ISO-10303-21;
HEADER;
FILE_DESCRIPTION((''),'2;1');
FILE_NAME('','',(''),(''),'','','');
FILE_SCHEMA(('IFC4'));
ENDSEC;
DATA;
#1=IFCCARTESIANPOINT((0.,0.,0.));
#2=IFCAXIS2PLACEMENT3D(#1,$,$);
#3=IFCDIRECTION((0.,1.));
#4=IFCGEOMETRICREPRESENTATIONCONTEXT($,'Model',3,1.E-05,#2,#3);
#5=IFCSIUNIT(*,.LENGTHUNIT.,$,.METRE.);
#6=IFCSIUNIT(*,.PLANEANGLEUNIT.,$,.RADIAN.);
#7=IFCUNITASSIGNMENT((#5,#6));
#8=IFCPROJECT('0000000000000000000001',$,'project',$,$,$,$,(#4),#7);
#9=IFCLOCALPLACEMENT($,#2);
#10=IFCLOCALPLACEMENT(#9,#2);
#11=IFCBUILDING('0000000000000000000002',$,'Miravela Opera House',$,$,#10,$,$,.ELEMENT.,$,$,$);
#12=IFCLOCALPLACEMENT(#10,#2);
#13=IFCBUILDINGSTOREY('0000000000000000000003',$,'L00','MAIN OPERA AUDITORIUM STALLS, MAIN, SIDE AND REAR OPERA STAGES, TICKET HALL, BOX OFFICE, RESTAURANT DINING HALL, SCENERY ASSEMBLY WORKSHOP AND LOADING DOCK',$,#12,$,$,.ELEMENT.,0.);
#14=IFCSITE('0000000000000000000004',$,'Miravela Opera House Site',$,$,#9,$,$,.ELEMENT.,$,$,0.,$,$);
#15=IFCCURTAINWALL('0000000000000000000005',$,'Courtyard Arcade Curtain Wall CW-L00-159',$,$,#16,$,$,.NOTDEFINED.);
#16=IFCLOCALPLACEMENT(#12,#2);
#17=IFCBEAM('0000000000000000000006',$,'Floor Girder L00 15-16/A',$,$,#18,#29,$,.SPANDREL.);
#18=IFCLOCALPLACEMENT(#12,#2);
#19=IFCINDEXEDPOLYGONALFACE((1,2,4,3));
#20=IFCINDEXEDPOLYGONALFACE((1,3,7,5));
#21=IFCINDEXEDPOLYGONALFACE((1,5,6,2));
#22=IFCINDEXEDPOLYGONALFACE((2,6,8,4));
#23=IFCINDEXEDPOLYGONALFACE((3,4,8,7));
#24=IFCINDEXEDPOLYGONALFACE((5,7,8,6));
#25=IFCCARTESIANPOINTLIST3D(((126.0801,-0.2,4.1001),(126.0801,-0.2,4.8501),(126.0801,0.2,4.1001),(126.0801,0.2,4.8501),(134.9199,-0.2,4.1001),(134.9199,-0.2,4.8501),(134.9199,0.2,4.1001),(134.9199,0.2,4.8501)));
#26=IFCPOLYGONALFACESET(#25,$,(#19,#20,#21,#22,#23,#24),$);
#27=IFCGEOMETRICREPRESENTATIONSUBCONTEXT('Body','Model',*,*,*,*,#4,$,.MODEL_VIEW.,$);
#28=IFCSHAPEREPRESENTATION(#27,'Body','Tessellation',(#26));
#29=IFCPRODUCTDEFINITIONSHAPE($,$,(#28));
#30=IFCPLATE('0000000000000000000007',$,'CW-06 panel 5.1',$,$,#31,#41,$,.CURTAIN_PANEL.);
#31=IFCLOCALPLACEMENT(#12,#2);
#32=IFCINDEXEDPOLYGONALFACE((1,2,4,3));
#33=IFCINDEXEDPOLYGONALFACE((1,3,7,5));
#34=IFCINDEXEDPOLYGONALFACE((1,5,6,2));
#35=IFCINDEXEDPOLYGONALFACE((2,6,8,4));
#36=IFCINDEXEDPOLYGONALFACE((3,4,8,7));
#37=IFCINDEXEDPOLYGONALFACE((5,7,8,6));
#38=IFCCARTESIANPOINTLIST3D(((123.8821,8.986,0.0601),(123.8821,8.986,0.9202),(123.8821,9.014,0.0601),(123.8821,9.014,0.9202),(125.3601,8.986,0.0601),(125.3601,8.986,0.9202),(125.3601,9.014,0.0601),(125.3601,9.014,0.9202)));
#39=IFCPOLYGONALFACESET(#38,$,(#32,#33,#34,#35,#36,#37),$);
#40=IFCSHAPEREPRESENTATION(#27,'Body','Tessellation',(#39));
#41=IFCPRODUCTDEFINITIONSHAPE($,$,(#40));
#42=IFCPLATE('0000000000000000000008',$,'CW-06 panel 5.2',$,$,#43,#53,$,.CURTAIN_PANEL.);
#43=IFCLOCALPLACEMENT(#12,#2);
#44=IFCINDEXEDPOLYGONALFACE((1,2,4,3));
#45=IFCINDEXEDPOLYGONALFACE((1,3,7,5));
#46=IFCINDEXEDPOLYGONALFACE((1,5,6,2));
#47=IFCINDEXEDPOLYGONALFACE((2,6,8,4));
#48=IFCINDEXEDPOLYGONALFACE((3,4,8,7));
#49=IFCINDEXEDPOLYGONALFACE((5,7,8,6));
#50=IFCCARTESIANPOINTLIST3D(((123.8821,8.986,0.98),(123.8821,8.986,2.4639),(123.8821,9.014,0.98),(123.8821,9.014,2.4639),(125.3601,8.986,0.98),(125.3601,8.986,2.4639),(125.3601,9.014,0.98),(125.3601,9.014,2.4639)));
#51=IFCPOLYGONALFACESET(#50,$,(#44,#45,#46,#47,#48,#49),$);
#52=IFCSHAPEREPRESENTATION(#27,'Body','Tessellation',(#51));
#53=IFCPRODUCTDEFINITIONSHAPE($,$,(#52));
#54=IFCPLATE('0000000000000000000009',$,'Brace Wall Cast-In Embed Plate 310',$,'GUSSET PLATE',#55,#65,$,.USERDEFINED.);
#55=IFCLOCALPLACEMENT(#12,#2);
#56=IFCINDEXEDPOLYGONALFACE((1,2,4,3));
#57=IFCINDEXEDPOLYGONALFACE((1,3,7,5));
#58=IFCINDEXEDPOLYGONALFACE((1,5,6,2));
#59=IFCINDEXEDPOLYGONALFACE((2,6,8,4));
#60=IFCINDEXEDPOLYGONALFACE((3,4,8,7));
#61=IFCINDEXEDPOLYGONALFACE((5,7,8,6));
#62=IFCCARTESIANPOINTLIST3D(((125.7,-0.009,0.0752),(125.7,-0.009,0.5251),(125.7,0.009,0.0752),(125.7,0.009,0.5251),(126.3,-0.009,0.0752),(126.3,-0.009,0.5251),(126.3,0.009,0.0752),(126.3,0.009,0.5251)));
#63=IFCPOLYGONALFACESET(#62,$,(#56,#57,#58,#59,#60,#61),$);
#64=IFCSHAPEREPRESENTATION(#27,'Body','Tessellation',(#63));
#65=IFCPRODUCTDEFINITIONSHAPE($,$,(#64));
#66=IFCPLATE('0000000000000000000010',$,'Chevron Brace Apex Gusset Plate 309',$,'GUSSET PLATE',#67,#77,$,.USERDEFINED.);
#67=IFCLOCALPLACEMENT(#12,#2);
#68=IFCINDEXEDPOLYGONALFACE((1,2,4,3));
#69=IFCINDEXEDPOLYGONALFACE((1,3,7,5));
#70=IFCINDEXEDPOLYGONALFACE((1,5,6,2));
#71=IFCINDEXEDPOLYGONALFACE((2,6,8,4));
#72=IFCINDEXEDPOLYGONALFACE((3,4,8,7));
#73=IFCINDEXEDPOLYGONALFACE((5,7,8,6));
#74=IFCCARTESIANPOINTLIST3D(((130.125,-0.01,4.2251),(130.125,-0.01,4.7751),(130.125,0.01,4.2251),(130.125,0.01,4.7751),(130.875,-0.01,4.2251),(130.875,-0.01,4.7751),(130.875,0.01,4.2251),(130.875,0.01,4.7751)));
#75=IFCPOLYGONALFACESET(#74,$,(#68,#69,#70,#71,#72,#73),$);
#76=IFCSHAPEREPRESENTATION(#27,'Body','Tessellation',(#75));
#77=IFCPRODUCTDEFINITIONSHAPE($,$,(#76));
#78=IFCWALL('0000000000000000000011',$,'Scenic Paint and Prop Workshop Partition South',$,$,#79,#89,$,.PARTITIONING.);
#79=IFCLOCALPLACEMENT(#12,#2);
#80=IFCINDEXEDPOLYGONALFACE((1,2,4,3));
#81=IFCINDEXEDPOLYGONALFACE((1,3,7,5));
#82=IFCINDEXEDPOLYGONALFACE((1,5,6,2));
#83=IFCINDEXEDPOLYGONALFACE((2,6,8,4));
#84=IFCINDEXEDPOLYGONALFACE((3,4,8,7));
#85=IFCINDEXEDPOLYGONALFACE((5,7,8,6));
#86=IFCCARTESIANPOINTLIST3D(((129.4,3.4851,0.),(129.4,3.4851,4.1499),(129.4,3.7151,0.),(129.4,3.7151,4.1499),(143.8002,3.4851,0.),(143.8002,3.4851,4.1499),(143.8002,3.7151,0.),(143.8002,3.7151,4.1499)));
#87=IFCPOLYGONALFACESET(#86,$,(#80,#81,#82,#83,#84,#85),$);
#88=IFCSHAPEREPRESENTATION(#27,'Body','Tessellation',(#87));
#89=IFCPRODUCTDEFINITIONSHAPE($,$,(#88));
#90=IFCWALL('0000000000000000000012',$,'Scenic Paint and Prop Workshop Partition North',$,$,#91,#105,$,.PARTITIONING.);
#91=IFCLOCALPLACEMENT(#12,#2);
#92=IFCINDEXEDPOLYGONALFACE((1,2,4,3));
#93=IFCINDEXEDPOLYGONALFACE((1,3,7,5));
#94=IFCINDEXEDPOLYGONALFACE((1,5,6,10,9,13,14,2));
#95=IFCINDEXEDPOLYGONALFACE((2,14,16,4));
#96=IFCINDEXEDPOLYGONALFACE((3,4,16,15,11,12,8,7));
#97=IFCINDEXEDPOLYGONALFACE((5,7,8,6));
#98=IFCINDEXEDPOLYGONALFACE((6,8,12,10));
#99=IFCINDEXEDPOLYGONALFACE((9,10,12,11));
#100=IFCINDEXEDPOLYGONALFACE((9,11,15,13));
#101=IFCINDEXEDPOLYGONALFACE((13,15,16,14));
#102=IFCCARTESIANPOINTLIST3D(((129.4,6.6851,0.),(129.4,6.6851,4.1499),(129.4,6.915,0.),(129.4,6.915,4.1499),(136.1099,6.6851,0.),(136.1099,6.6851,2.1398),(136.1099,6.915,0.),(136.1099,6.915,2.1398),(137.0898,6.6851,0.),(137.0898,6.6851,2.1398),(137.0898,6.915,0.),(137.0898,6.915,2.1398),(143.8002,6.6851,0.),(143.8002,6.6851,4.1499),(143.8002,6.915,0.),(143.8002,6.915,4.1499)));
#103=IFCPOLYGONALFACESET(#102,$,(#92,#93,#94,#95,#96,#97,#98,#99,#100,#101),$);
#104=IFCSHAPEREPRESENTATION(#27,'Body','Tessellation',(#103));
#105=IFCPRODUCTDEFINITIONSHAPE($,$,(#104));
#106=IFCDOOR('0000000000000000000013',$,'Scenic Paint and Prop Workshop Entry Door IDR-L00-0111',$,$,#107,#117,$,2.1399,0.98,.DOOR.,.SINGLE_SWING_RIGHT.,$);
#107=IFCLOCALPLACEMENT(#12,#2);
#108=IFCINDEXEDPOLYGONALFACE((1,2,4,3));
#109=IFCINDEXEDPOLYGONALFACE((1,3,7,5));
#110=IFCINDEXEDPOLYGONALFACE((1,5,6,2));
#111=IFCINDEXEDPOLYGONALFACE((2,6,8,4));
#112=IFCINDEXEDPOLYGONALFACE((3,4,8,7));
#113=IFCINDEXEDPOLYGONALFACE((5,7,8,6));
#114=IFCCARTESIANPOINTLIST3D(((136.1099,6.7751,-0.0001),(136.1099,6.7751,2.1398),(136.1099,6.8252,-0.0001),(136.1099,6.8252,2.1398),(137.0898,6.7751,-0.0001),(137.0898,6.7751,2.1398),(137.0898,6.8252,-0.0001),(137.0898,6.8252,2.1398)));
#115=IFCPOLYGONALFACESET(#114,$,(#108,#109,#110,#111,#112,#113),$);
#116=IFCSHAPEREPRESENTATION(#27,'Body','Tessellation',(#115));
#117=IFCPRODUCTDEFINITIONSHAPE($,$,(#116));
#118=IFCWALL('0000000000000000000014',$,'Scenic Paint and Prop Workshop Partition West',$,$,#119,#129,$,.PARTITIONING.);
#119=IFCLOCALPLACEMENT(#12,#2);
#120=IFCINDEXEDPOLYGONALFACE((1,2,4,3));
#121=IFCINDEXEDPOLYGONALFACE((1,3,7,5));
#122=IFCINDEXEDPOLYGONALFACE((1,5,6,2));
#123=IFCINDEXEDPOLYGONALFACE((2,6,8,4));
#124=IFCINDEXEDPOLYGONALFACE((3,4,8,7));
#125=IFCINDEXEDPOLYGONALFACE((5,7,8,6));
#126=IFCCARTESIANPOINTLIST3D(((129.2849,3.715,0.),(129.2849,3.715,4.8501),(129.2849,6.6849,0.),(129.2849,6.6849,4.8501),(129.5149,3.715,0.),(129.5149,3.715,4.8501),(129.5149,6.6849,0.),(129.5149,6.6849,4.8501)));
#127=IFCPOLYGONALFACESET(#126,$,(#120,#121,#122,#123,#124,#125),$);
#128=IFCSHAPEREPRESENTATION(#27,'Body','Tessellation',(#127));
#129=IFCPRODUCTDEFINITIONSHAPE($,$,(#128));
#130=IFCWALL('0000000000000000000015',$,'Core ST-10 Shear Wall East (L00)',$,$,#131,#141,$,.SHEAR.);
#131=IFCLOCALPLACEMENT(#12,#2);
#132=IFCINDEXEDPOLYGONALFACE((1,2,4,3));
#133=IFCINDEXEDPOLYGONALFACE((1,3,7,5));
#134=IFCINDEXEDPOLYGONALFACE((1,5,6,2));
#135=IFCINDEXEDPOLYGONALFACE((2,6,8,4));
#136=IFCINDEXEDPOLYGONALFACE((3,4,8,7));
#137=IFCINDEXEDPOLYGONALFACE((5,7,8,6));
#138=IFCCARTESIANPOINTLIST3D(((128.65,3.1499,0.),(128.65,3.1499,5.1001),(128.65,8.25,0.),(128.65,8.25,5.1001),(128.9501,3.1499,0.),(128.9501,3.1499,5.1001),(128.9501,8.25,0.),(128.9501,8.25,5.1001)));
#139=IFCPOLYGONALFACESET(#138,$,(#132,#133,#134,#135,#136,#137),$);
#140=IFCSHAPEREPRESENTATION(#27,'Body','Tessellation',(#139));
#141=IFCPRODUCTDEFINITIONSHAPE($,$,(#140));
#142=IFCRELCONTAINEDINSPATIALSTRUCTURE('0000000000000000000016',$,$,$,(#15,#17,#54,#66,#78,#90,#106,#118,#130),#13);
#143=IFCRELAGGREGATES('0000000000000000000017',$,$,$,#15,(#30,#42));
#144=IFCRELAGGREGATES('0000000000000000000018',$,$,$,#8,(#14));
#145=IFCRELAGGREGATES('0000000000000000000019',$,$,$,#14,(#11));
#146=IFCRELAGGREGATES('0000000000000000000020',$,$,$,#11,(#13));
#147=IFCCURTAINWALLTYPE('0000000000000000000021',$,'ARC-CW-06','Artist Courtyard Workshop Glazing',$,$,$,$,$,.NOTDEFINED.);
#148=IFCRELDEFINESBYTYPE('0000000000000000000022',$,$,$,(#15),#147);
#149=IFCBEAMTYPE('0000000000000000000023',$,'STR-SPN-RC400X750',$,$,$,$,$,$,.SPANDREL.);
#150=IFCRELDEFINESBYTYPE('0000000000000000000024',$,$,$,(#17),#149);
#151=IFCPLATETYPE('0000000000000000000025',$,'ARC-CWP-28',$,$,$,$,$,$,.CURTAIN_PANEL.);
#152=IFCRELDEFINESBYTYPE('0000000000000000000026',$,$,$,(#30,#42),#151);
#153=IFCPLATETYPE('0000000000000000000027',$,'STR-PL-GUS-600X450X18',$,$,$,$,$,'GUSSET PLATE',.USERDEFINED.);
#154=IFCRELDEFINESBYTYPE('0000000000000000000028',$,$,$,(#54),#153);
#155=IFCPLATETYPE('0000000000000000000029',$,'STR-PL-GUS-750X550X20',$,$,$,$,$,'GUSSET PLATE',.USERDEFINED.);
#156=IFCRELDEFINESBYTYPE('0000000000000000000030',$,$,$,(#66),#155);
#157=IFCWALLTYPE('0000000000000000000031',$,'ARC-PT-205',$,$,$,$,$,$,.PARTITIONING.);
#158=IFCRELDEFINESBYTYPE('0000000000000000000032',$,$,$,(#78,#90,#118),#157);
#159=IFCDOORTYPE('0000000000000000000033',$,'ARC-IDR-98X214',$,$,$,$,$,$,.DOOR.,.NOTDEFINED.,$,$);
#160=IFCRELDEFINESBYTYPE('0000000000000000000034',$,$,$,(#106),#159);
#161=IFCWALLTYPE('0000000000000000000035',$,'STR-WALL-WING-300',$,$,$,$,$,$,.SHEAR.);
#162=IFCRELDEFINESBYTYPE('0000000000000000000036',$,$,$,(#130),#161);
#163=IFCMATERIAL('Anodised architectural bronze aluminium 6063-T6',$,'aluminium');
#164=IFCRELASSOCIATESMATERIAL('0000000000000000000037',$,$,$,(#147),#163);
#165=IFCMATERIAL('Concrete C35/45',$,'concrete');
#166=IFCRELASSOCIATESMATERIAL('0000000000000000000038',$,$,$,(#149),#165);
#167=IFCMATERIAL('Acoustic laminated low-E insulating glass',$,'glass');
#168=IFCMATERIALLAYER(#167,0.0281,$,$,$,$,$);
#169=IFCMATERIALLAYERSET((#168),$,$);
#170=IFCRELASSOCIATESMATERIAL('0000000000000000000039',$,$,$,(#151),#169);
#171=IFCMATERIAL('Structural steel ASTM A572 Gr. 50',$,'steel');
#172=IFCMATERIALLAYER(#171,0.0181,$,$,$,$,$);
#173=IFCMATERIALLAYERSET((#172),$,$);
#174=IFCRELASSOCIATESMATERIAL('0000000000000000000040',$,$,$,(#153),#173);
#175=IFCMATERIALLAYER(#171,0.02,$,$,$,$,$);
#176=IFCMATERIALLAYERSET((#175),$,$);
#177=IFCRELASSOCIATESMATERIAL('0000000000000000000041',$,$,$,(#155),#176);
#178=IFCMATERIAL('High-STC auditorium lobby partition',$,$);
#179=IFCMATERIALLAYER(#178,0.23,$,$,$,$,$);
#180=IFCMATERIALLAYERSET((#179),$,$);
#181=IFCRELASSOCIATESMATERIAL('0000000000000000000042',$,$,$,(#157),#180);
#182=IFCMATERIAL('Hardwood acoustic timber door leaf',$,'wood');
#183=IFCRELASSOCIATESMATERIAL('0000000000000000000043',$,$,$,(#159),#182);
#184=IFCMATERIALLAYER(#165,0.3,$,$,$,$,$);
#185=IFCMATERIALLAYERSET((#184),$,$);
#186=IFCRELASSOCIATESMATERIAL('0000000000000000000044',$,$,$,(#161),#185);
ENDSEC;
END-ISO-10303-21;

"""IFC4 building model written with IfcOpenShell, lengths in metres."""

from ifc_helpers import new_model, si_unit, direction, frame, frame_2d, origin, origin_2d, place, context, subcontext, project, spatial, rectangle, extrude, material, layer, layer_set, material_profile, profile_set, type_object, element, fill, aggregate, save


model = new_model("IFC4")

# Units and contexts
model_context = context("Model", 3, precision=1e-05, world=origin(), true_north=direction((0.0, 1.0)))
body_context = subcontext(model_context, "Body", "Model", "MODEL_VIEW")
ifc_project = project(units=[si_unit("LENGTHUNIT", "METRE"), si_unit("PLANEANGLEUNIT", "RADIAN")], contexts=[model_context])

# Site, building, storey
site_placement = place(None, origin())
site = spatial("IfcSite", under=ifc_project, at=site_placement, Name="Miravela Opera House Site", CompositionType="ELEMENT", RefElevation=0.0)
building_placement = place(site_placement, origin())
building = spatial("IfcBuilding", under=site, at=building_placement, Name="Miravela Opera House", CompositionType="ELEMENT")
storey_placement = place(building_placement, origin())
storey = spatial("IfcBuildingStorey", under=building, at=storey_placement, Name="L00", Description="MAIN OPERA AUDITORIUM STALLS, MAIN, SIDE AND REAR OPERA STAGES, TICKET HALL, BOX OFFICE, RESTAURANT DINING HALL, SCENERY ASSEMBLY WORKSHOP AND LOADING DOCK", CompositionType="ELEMENT", Elevation=0.0)

# Shared definitions
ifc_material_1 = material(Name="Concrete C35/45", Category="concrete")

# Curtain wall
ifc_material_2 = material(Name="Anodised architectural bronze aluminium 6063-T6", Category="aluminium")
curtain_wall_type = type_object("IfcCurtainWallType", Name="ARC-CW-06", Description="Artist Courtyard Workshop Glazing", PredefinedType="NOTDEFINED", material=ifc_material_2)
curtain_wall_placement = place(storey_placement, origin())
curtain_wall = element("IfcCurtainWall", 1, at=curtain_wall_placement, inside=storey, type_object=curtain_wall_type, Name="Courtyard Arcade Curtain Wall CW-L00-159", PredefinedType="NOTDEFINED")

# Beam
ifc_material_profile_1 = material_profile(ifc_material_1, rectangle(XDim=0.3999, YDim=0.75, at=origin_2d()), Name="RC-SPN-400X750")
ifc_profile_set_1 = profile_set([ifc_material_profile_1])
beam_type = type_object("IfcBeamType", Name="STR-SPN-RC400X750", PredefinedType="SPANDREL", material=ifc_profile_set_1)
beam_placement = place(storey_placement, frame((126.0801, 0.0, 4.4751), z_axis=(1.0, 0.0, 0.0), x_axis=(0.0, 1.0, 0.0)))
element("IfcBeam", 2, at=beam_placement, inside=storey, type_object=beam_type, Name="Floor Girder L00 15-16/A", PredefinedType="SPANDREL", context=body_context, shape_type="SweptSolid", body=[
    extrude(rectangle(XDim=0.3999, YDim=0.75, at=origin_2d()), origin(), (0.0, 0.0, 1.0), 8.8398),
])

# Plates
ifc_material_3 = material(Name="Acoustic laminated low-E insulating glass", Category="glass")
ifc_layer_1 = layer(ifc_material_3, 0.0281)
ifc_layer_set_1 = layer_set([ifc_layer_1])
plate_type_1 = type_object("IfcPlateType", Name="ARC-CWP-28", PredefinedType="CURTAIN_PANEL", material=ifc_layer_set_1)
plate_1_placement = place(storey_placement, frame((124.6211, 9.0, 0.0601), z_axis=(0.0, 0.0, 1.0), x_axis=(1.0, 0.0, 0.0)))
plate_1 = element("IfcPlate", 3, at=plate_1_placement, type_object=plate_type_1, Name="CW-06 panel 5.1", PredefinedType="CURTAIN_PANEL", context=body_context, shape_type="SweptSolid", body=[
    extrude(rectangle(XDim=1.478, YDim=0.0281, at=origin_2d()), origin(), (0.0, 0.0, 1.0), 0.8601),
])
plate_2_placement = place(storey_placement, frame((124.6211, 9.0, 0.98), z_axis=(0.0, 0.0, 1.0), x_axis=(1.0, 0.0, 0.0)))
plate_2 = element("IfcPlate", 4, at=plate_2_placement, type_object=plate_type_1, Name="CW-06 panel 5.2", PredefinedType="CURTAIN_PANEL", context=body_context, shape_type="SweptSolid", body=[
    extrude(rectangle(XDim=1.478, YDim=0.0281, at=origin_2d()), origin(), (0.0, 0.0, 1.0), 1.4839),
])
aggregate(curtain_wall, [plate_1, plate_2])

# Plates
ifc_material_4 = material(Name="Structural steel ASTM A572 Gr. 50", Category="steel")
ifc_layer_2 = layer(ifc_material_4, 0.0181)
ifc_layer_set_2 = layer_set([ifc_layer_2])
plate_type_2 = type_object("IfcPlateType", Name="STR-PL-GUS-600X450X18", ElementType="GUSSET PLATE", PredefinedType="USERDEFINED", material=ifc_layer_set_2)
plate_3_placement = place(storey_placement, frame((126.0, 0.0, 0.0752), z_axis=(0.0, 0.0, 1.0), x_axis=(1.0, 0.0, 0.0)))
element("IfcPlate", 5, at=plate_3_placement, inside=storey, type_object=plate_type_2, Name="Brace Wall Cast-In Embed Plate 310", ObjectType="GUSSET PLATE", PredefinedType="USERDEFINED", context=body_context, shape_type="SweptSolid", body=[
    extrude(rectangle(XDim=0.6001, YDim=0.0181, at=origin_2d()), origin(), (0.0, 0.0, 1.0), 0.45),
])
ifc_layer_3 = layer(ifc_material_4, 0.02)
ifc_layer_set_3 = layer_set([ifc_layer_3])
plate_type_3 = type_object("IfcPlateType", Name="STR-PL-GUS-750X550X20", ElementType="GUSSET PLATE", PredefinedType="USERDEFINED", material=ifc_layer_set_3)
plate_4_placement = place(storey_placement, frame((130.5, 0.0, 4.2251), z_axis=(0.0, 0.0, 1.0), x_axis=(1.0, 0.0, 0.0)))
element("IfcPlate", 6, at=plate_4_placement, inside=storey, type_object=plate_type_3, Name="Chevron Brace Apex Gusset Plate 309", ObjectType="GUSSET PLATE", PredefinedType="USERDEFINED", context=body_context, shape_type="SweptSolid", body=[
    extrude(rectangle(XDim=0.75, YDim=0.02, at=origin_2d()), origin(), (0.0, 0.0, 1.0), 0.55),
])

# Wall
ifc_material_5 = material(Name="High-STC auditorium lobby partition")
ifc_layer_4 = layer(ifc_material_5, 0.23)
ifc_layer_set_4 = layer_set([ifc_layer_4])
wall_type_1 = type_object("IfcWallType", Name="ARC-PT-205", PredefinedType="PARTITIONING", material=ifc_layer_set_4)
wall_1_placement = place(storey_placement, frame((129.3999, 3.6001, 0.0), z_axis=(0.0, 0.0, 1.0), x_axis=(1.0, 0.0, 0.0)))
element("IfcWall", 7, at=wall_1_placement, inside=storey, type_object=wall_type_1, Name="Scenic Paint and Prop Workshop Partition South", PredefinedType="PARTITIONING", context=body_context, shape_type="SweptSolid", body=[
    extrude(rectangle(XDim=14.4001, YDim=0.23, at=frame_2d((7.2002, 0.0))), origin(), (0.0, 0.0, 1.0), 4.1499),
])

# Wall, opening, door
wall_2_placement = place(storey_placement, frame((129.3999, 6.8, 0.0), z_axis=(0.0, 0.0, 1.0), x_axis=(1.0, 0.0, 0.0)))
wall_2 = element("IfcWall", 8, at=wall_2_placement, inside=storey, type_object=wall_type_1, Name="Scenic Paint and Prop Workshop Partition North", PredefinedType="PARTITIONING", context=body_context, shape_type="SweptSolid", body=[
    extrude(rectangle(XDim=14.4001, YDim=0.23, at=frame_2d((7.2002, 0.0))), origin(), (0.0, 0.0, 1.0), 4.1499),
])
opening_placement = place(wall_2_placement, frame((6.71, 0.0, 0.0)))
opening = element("IfcOpeningElement", 9, at=opening_placement, cuts=wall_2, PredefinedType="OPENING", context=body_context, shape_type="SweptSolid", body=[
    extrude(rectangle(XDim=0.98, YDim=2.1399, at=frame_2d((0.49, 1.0698))), frame((0.0, 0.125, 0.0), z_axis=(0.0, -1.0, 0.0), x_axis=(1.0, 0.0, 0.0)), (0.0, 0.0, 1.0), 0.25),
])
ifc_material_6 = material(Name="Hardwood acoustic timber door leaf", Category="wood")
door_type = type_object("IfcDoorType", Name="ARC-IDR-98X214", OperationType="NOTDEFINED", PredefinedType="DOOR", material=ifc_material_6)
door_placement = place(opening_placement, frame((0.98, 0.0, 0.0), z_axis=(0.0, 0.0, 1.0), x_axis=(-1.0, 0.0, 0.0)))
door = element("IfcDoor", 10, at=door_placement, inside=storey, type_object=door_type, Name="Scenic Paint and Prop Workshop Entry Door IDR-L00-0111", OperationType="SINGLE_SWING_RIGHT", OverallHeight=2.1399, OverallWidth=0.98, PredefinedType="DOOR", context=body_context, shape_type="SweptSolid", body=[
    extrude(rectangle(XDim=0.98, YDim=2.1399, at=frame_2d((0.49, 1.0698))), frame((0.0, 0.0249, 0.0), z_axis=(0.0, -1.0, 0.0), x_axis=(1.0, 0.0, 0.0)), (0.0, 0.0, 1.0), 0.05),
])
fill(opening, door)

# Walls
wall_3_placement = place(storey_placement, frame((129.3999, 3.7151, 0.0), z_axis=(0.0, 0.0, 1.0), x_axis=(0.0, 1.0, 0.0)))
element("IfcWall", 11, at=wall_3_placement, inside=storey, type_object=wall_type_1, Name="Scenic Paint and Prop Workshop Partition West", PredefinedType="PARTITIONING", context=body_context, shape_type="SweptSolid", body=[
    extrude(rectangle(XDim=2.97, YDim=0.23, at=frame_2d((1.4849, 0.0))), origin(), (0.0, 0.0, 1.0), 4.8501),
])
ifc_layer_5 = layer(ifc_material_1, 0.3)
ifc_layer_set_5 = layer_set([ifc_layer_5])
wall_type_2 = type_object("IfcWallType", Name="STR-WALL-WING-300", PredefinedType="SHEAR", material=ifc_layer_set_5)
wall_4_placement = place(storey_placement, frame((128.8, 3.1499, 0.0), z_axis=(0.0, 0.0, 1.0), x_axis=(0.0, 1.0, 0.0)))
element("IfcWall", 12, at=wall_4_placement, inside=storey, type_object=wall_type_2, Name="Core ST-10 Shear Wall East (L00)", PredefinedType="SHEAR", context=body_context, shape_type="SweptSolid", body=[
    extrude(rectangle(XDim=5.1001, YDim=0.3, at=frame_2d((2.55, 0.0))), origin(), (0.0, 0.0, 1.0), 5.1001),
])

save(model, "model.ifc")
